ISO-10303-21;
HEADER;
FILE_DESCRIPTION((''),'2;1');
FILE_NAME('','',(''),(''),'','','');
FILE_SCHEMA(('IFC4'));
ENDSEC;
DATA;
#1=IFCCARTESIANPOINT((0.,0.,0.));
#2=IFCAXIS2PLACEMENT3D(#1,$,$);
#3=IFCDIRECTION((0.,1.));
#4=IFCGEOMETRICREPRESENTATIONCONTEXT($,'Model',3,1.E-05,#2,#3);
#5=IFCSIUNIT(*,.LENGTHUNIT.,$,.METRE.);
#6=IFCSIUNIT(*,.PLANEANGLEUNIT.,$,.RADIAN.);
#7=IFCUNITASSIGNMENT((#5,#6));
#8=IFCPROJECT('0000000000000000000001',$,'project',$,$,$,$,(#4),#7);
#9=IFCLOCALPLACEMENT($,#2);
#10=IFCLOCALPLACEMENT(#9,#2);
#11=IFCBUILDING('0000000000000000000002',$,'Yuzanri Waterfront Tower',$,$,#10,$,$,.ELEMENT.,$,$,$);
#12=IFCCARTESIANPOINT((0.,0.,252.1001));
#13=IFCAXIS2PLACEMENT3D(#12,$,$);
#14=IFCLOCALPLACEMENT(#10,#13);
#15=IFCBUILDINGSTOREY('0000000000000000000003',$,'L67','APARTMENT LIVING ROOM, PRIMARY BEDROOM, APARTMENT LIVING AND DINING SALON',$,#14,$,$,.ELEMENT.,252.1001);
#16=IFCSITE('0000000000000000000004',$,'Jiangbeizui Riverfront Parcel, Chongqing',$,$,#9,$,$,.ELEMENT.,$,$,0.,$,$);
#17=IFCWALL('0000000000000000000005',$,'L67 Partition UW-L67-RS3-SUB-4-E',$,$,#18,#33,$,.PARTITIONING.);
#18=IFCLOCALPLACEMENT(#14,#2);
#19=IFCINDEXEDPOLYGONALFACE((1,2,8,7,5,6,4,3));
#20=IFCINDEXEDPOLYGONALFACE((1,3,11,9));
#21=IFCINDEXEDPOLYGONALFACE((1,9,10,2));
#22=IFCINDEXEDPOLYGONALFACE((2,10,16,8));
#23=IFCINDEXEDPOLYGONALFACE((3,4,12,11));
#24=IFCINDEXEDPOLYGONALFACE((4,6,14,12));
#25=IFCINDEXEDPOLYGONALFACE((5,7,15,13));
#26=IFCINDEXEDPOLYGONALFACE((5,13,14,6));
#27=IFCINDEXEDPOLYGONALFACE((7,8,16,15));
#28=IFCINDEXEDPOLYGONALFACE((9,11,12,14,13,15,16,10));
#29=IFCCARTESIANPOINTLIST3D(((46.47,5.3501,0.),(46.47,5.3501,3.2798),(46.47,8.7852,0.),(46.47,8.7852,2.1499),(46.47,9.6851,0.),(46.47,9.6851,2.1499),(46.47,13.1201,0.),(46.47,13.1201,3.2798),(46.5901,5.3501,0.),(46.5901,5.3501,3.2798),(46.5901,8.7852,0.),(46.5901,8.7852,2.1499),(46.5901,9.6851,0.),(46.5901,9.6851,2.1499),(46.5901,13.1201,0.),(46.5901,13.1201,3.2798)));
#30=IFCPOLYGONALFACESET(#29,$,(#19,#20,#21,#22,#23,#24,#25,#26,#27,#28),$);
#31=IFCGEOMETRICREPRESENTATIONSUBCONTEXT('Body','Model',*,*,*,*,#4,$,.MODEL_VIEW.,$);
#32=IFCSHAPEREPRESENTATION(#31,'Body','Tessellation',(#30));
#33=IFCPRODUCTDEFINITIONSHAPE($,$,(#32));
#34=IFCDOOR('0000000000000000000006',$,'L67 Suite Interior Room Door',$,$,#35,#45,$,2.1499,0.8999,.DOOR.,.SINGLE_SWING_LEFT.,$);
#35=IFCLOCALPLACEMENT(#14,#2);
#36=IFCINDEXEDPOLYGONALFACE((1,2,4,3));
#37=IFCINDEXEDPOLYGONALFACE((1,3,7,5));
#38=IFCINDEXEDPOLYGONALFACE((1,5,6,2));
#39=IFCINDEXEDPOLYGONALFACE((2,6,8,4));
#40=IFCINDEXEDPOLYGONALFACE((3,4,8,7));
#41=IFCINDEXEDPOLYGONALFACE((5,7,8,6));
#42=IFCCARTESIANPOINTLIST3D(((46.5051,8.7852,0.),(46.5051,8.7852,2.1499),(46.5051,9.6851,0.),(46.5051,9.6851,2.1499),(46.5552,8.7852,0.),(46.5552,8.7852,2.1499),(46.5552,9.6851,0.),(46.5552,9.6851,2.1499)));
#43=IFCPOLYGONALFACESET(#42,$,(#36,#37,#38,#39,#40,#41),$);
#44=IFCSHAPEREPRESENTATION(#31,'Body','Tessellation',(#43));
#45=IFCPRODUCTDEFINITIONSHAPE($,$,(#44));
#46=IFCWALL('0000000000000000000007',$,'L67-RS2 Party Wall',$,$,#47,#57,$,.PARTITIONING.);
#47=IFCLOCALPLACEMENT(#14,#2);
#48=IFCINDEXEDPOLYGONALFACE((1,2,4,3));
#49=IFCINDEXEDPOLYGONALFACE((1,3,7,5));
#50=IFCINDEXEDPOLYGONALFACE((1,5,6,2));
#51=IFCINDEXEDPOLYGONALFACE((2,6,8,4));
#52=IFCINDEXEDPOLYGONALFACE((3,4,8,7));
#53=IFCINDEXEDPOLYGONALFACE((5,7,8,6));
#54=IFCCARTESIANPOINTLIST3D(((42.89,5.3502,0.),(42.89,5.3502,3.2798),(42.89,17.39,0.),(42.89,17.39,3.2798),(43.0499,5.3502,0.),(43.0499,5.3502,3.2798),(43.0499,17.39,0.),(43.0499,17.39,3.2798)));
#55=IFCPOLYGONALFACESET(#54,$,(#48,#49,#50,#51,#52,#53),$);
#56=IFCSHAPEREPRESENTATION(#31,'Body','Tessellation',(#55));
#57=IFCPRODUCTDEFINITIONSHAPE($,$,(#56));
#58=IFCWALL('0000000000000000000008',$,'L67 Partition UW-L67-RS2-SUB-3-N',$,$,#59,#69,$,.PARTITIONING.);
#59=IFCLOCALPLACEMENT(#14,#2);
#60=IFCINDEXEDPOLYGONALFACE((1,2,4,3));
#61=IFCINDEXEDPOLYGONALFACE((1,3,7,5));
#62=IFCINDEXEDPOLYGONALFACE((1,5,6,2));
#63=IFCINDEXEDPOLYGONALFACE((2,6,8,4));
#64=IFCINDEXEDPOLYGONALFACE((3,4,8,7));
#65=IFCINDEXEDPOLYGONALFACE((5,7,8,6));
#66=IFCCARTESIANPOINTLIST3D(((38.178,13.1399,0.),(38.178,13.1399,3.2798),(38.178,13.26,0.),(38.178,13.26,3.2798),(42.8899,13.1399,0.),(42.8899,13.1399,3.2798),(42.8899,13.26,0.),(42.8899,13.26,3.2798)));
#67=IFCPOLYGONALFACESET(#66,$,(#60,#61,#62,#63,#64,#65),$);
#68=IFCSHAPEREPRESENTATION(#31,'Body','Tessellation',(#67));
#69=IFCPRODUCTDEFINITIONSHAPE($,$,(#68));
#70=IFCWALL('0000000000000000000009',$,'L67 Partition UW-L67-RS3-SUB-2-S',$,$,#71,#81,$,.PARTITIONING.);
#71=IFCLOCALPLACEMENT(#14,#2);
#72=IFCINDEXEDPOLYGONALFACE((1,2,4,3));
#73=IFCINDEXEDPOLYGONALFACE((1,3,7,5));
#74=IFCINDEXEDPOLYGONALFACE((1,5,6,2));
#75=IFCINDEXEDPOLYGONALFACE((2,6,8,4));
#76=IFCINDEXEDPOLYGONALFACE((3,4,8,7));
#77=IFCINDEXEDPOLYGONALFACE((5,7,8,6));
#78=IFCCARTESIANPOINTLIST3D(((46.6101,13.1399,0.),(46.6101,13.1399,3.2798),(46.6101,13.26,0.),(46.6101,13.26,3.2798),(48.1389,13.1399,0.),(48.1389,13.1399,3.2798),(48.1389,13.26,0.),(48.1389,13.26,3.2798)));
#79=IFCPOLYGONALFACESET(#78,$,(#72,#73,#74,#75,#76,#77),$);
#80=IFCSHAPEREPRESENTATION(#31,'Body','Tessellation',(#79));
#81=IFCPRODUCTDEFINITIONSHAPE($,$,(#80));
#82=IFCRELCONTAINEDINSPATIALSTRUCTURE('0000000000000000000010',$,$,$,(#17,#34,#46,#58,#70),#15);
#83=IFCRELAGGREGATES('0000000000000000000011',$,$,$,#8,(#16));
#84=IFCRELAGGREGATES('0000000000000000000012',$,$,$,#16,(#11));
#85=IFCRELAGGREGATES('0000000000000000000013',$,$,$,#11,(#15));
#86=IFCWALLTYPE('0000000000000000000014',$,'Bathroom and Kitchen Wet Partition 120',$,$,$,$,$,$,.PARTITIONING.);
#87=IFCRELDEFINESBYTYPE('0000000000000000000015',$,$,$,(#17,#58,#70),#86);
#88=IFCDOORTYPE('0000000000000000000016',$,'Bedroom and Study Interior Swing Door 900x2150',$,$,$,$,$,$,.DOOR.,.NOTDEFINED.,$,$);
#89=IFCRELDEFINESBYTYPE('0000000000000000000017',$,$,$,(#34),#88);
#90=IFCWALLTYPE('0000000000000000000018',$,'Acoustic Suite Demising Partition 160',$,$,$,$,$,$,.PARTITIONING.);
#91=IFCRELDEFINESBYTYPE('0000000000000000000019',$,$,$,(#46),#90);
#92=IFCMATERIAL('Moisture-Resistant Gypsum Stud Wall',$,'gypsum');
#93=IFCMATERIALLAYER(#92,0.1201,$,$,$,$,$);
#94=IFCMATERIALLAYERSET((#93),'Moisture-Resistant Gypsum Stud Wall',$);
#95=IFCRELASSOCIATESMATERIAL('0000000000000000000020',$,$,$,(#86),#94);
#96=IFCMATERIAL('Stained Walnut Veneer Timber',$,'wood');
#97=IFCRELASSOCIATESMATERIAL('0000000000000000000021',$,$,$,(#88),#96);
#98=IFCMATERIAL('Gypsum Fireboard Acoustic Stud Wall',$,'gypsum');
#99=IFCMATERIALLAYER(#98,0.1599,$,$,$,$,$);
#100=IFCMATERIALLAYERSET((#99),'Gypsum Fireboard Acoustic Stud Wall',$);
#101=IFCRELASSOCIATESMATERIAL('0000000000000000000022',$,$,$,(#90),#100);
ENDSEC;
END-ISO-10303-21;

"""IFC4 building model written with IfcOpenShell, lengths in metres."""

from ifc_helpers import new_model, si_unit, direction, frame, frame_2d, origin, place, context, subcontext, project, spatial, rectangle, extrude, source, transform, mapped, material, layer, layer_set, type_object, element, fill, save


model = new_model("IFC4")

# Units and contexts
model_context = context("Model", 3, precision=1e-05, world=origin(), true_north=direction((0.0, 1.0)))
body_context = subcontext(model_context, "Body", "Model", "MODEL_VIEW")
ifc_project = project(units=[si_unit("LENGTHUNIT", "METRE"), si_unit("PLANEANGLEUNIT", "RADIAN")], contexts=[model_context])

# Site, building, storey
site_placement = place(None, origin())
site = spatial("IfcSite", under=ifc_project, at=site_placement, Name="Jiangbeizui Riverfront Parcel, Chongqing", CompositionType="ELEMENT", RefElevation=0.0)
building_placement = place(site_placement, origin())
building = spatial("IfcBuilding", under=site, at=building_placement, Name="Yuzanri Waterfront Tower", CompositionType="ELEMENT")
storey_placement = place(building_placement, frame((0.0, 0.0, 252.1001)))
storey = spatial("IfcBuildingStorey", under=building, at=storey_placement, Name="L67", Description="APARTMENT LIVING ROOM, PRIMARY BEDROOM, APARTMENT LIVING AND DINING SALON", CompositionType="ELEMENT", Elevation=252.1001)

# Wall, opening, door
ifc_material_1 = material(Name="Moisture-Resistant Gypsum Stud Wall", Category="gypsum")
ifc_layer_1 = layer(ifc_material_1, 0.1201)
ifc_layer_set_1 = layer_set([ifc_layer_1], Name="Moisture-Resistant Gypsum Stud Wall")
wall_type_1 = type_object("IfcWallType", Name="Bathroom and Kitchen Wet Partition 120", PredefinedType="PARTITIONING", material=ifc_layer_set_1)
ifc_material_2 = material(Name="Stained Walnut Veneer Timber", Category="wood")
door_type_1 = type_object("IfcDoorType", Name="Bedroom and Study Interior Swing Door 900x2150", OperationType="NOTDEFINED", PredefinedType="DOOR", material=ifc_material_2)
shared_shape_1 = source(origin(), body_context, "Body", "SweptSolid", [
    extrude(rectangle(XDim=0.8999, YDim=2.1499, at=frame_2d((0.45, 1.075))), frame((0.0, 0.0249, 0.0), z_axis=(0.0, -1.0, 0.0), x_axis=(1.0, 0.0, 0.0)), (0.0, 0.0, 1.0), 0.05),
])
wall_1_placement = place(storey_placement, frame((46.53, 5.3501, 0.0), z_axis=(0.0, 0.0, 1.0), x_axis=(0.0, 1.0, 0.0)))
wall_1 = element("IfcWall", 1, at=wall_1_placement, inside=storey, type_object=wall_type_1, Name="L67 Partition UW-L67-RS3-SUB-4-E", PredefinedType="PARTITIONING", context=body_context, shape_type="SweptSolid", body=[
    extrude(rectangle(XDim=7.77, YDim=0.1201, at=frame_2d((3.885, 0.0))), origin(), (0.0, 0.0, 1.0), 3.2798),
])
opening_1_placement = place(wall_1_placement, frame((3.4351, 0.0, 0.0)))
opening_1 = element("IfcOpeningElement", 2, at=opening_1_placement, cuts=wall_1, PredefinedType="OPENING", context=body_context, shape_type="SweptSolid", body=[
    extrude(rectangle(XDim=0.8999, YDim=2.1499, at=frame_2d((0.45, 1.075))), frame((0.0, 0.075, 0.0), z_axis=(0.0, -1.0, 0.0), x_axis=(1.0, 0.0, 0.0)), (0.0, 0.0, 1.0), 0.1499),
])
door_1_placement = place(opening_1_placement, origin())
door_1 = element("IfcDoor", 3, at=door_1_placement, inside=storey, type_object=door_type_1, Name="L67 Suite Interior Room Door", OperationType="SINGLE_SWING_LEFT", OverallHeight=2.1499, OverallWidth=0.8999, PredefinedType="DOOR", context=body_context, shape_type="MappedRepresentation", body=[
    mapped(shared_shape_1, transform((0.0, 0.0, 0.0), scale=1.0)),
])
fill(opening_1, door_1)

# Walls
ifc_material_3 = material(Name="Gypsum Fireboard Acoustic Stud Wall", Category="gypsum")
ifc_layer_2 = layer(ifc_material_3, 0.1599)
ifc_layer_set_2 = layer_set([ifc_layer_2], Name="Gypsum Fireboard Acoustic Stud Wall")
wall_type_2 = type_object("IfcWallType", Name="Acoustic Suite Demising Partition 160", PredefinedType="PARTITIONING", material=ifc_layer_set_2)
shared_shape_2 = source(origin(), body_context, "Body", "SweptSolid", [
    extrude(rectangle(XDim=12.0398, YDim=0.1599, at=frame_2d((6.02, 0.0))), origin(), (0.0, 0.0, 1.0), 3.2798),
])
wall_2_placement = place(storey_placement, frame((42.97, 5.3501, 0.0), z_axis=(0.0, 0.0, 1.0), x_axis=(0.0, 1.0, 0.0)))
element("IfcWall", 4, at=wall_2_placement, inside=storey, type_object=wall_type_2, Name="L67-RS2 Party Wall", PredefinedType="PARTITIONING", context=body_context, shape_type="MappedRepresentation", body=[
    mapped(shared_shape_2, transform((0.0, 0.0, 0.0), scale=1.0)),
])
shared_shape_3 = source(origin(), body_context, "Body", "SweptSolid", [
    extrude(rectangle(XDim=4.7119, YDim=0.1201, at=frame_2d((2.356, 0.0))), origin(), (0.0, 0.0, 1.0), 3.2798),
])
wall_3_placement = place(storey_placement, frame((38.178, 13.2, 0.0), z_axis=(0.0, 0.0, 1.0), x_axis=(1.0, 0.0, 0.0)))
element("IfcWall", 5, at=wall_3_placement, inside=storey, type_object=wall_type_1, Name="L67 Partition UW-L67-RS2-SUB-3-N", PredefinedType="PARTITIONING", context=body_context, shape_type="MappedRepresentation", body=[
    mapped(shared_shape_3, transform((0.0, 0.0, 0.0), scale=1.0)),
])
shared_shape_4 = source(origin(), body_context, "Body", "SweptSolid", [
    extrude(rectangle(XDim=1.5288, YDim=0.1201, at=frame_2d((0.7644, 0.0))), origin(), (0.0, 0.0, 1.0), 3.2798),
])
wall_4_placement = place(storey_placement, frame((46.6101, 13.2, 0.0), z_axis=(0.0, 0.0, 1.0), x_axis=(1.0, 0.0, 0.0)))
element("IfcWall", 6, at=wall_4_placement, inside=storey, type_object=wall_type_1, Name="L67 Partition UW-L67-RS3-SUB-2-S", PredefinedType="PARTITIONING", context=body_context, shape_type="MappedRepresentation", body=[
    mapped(shared_shape_4, transform((0.0, 0.0, 0.0), scale=1.0)),
])

save(model, "model.ifc")
